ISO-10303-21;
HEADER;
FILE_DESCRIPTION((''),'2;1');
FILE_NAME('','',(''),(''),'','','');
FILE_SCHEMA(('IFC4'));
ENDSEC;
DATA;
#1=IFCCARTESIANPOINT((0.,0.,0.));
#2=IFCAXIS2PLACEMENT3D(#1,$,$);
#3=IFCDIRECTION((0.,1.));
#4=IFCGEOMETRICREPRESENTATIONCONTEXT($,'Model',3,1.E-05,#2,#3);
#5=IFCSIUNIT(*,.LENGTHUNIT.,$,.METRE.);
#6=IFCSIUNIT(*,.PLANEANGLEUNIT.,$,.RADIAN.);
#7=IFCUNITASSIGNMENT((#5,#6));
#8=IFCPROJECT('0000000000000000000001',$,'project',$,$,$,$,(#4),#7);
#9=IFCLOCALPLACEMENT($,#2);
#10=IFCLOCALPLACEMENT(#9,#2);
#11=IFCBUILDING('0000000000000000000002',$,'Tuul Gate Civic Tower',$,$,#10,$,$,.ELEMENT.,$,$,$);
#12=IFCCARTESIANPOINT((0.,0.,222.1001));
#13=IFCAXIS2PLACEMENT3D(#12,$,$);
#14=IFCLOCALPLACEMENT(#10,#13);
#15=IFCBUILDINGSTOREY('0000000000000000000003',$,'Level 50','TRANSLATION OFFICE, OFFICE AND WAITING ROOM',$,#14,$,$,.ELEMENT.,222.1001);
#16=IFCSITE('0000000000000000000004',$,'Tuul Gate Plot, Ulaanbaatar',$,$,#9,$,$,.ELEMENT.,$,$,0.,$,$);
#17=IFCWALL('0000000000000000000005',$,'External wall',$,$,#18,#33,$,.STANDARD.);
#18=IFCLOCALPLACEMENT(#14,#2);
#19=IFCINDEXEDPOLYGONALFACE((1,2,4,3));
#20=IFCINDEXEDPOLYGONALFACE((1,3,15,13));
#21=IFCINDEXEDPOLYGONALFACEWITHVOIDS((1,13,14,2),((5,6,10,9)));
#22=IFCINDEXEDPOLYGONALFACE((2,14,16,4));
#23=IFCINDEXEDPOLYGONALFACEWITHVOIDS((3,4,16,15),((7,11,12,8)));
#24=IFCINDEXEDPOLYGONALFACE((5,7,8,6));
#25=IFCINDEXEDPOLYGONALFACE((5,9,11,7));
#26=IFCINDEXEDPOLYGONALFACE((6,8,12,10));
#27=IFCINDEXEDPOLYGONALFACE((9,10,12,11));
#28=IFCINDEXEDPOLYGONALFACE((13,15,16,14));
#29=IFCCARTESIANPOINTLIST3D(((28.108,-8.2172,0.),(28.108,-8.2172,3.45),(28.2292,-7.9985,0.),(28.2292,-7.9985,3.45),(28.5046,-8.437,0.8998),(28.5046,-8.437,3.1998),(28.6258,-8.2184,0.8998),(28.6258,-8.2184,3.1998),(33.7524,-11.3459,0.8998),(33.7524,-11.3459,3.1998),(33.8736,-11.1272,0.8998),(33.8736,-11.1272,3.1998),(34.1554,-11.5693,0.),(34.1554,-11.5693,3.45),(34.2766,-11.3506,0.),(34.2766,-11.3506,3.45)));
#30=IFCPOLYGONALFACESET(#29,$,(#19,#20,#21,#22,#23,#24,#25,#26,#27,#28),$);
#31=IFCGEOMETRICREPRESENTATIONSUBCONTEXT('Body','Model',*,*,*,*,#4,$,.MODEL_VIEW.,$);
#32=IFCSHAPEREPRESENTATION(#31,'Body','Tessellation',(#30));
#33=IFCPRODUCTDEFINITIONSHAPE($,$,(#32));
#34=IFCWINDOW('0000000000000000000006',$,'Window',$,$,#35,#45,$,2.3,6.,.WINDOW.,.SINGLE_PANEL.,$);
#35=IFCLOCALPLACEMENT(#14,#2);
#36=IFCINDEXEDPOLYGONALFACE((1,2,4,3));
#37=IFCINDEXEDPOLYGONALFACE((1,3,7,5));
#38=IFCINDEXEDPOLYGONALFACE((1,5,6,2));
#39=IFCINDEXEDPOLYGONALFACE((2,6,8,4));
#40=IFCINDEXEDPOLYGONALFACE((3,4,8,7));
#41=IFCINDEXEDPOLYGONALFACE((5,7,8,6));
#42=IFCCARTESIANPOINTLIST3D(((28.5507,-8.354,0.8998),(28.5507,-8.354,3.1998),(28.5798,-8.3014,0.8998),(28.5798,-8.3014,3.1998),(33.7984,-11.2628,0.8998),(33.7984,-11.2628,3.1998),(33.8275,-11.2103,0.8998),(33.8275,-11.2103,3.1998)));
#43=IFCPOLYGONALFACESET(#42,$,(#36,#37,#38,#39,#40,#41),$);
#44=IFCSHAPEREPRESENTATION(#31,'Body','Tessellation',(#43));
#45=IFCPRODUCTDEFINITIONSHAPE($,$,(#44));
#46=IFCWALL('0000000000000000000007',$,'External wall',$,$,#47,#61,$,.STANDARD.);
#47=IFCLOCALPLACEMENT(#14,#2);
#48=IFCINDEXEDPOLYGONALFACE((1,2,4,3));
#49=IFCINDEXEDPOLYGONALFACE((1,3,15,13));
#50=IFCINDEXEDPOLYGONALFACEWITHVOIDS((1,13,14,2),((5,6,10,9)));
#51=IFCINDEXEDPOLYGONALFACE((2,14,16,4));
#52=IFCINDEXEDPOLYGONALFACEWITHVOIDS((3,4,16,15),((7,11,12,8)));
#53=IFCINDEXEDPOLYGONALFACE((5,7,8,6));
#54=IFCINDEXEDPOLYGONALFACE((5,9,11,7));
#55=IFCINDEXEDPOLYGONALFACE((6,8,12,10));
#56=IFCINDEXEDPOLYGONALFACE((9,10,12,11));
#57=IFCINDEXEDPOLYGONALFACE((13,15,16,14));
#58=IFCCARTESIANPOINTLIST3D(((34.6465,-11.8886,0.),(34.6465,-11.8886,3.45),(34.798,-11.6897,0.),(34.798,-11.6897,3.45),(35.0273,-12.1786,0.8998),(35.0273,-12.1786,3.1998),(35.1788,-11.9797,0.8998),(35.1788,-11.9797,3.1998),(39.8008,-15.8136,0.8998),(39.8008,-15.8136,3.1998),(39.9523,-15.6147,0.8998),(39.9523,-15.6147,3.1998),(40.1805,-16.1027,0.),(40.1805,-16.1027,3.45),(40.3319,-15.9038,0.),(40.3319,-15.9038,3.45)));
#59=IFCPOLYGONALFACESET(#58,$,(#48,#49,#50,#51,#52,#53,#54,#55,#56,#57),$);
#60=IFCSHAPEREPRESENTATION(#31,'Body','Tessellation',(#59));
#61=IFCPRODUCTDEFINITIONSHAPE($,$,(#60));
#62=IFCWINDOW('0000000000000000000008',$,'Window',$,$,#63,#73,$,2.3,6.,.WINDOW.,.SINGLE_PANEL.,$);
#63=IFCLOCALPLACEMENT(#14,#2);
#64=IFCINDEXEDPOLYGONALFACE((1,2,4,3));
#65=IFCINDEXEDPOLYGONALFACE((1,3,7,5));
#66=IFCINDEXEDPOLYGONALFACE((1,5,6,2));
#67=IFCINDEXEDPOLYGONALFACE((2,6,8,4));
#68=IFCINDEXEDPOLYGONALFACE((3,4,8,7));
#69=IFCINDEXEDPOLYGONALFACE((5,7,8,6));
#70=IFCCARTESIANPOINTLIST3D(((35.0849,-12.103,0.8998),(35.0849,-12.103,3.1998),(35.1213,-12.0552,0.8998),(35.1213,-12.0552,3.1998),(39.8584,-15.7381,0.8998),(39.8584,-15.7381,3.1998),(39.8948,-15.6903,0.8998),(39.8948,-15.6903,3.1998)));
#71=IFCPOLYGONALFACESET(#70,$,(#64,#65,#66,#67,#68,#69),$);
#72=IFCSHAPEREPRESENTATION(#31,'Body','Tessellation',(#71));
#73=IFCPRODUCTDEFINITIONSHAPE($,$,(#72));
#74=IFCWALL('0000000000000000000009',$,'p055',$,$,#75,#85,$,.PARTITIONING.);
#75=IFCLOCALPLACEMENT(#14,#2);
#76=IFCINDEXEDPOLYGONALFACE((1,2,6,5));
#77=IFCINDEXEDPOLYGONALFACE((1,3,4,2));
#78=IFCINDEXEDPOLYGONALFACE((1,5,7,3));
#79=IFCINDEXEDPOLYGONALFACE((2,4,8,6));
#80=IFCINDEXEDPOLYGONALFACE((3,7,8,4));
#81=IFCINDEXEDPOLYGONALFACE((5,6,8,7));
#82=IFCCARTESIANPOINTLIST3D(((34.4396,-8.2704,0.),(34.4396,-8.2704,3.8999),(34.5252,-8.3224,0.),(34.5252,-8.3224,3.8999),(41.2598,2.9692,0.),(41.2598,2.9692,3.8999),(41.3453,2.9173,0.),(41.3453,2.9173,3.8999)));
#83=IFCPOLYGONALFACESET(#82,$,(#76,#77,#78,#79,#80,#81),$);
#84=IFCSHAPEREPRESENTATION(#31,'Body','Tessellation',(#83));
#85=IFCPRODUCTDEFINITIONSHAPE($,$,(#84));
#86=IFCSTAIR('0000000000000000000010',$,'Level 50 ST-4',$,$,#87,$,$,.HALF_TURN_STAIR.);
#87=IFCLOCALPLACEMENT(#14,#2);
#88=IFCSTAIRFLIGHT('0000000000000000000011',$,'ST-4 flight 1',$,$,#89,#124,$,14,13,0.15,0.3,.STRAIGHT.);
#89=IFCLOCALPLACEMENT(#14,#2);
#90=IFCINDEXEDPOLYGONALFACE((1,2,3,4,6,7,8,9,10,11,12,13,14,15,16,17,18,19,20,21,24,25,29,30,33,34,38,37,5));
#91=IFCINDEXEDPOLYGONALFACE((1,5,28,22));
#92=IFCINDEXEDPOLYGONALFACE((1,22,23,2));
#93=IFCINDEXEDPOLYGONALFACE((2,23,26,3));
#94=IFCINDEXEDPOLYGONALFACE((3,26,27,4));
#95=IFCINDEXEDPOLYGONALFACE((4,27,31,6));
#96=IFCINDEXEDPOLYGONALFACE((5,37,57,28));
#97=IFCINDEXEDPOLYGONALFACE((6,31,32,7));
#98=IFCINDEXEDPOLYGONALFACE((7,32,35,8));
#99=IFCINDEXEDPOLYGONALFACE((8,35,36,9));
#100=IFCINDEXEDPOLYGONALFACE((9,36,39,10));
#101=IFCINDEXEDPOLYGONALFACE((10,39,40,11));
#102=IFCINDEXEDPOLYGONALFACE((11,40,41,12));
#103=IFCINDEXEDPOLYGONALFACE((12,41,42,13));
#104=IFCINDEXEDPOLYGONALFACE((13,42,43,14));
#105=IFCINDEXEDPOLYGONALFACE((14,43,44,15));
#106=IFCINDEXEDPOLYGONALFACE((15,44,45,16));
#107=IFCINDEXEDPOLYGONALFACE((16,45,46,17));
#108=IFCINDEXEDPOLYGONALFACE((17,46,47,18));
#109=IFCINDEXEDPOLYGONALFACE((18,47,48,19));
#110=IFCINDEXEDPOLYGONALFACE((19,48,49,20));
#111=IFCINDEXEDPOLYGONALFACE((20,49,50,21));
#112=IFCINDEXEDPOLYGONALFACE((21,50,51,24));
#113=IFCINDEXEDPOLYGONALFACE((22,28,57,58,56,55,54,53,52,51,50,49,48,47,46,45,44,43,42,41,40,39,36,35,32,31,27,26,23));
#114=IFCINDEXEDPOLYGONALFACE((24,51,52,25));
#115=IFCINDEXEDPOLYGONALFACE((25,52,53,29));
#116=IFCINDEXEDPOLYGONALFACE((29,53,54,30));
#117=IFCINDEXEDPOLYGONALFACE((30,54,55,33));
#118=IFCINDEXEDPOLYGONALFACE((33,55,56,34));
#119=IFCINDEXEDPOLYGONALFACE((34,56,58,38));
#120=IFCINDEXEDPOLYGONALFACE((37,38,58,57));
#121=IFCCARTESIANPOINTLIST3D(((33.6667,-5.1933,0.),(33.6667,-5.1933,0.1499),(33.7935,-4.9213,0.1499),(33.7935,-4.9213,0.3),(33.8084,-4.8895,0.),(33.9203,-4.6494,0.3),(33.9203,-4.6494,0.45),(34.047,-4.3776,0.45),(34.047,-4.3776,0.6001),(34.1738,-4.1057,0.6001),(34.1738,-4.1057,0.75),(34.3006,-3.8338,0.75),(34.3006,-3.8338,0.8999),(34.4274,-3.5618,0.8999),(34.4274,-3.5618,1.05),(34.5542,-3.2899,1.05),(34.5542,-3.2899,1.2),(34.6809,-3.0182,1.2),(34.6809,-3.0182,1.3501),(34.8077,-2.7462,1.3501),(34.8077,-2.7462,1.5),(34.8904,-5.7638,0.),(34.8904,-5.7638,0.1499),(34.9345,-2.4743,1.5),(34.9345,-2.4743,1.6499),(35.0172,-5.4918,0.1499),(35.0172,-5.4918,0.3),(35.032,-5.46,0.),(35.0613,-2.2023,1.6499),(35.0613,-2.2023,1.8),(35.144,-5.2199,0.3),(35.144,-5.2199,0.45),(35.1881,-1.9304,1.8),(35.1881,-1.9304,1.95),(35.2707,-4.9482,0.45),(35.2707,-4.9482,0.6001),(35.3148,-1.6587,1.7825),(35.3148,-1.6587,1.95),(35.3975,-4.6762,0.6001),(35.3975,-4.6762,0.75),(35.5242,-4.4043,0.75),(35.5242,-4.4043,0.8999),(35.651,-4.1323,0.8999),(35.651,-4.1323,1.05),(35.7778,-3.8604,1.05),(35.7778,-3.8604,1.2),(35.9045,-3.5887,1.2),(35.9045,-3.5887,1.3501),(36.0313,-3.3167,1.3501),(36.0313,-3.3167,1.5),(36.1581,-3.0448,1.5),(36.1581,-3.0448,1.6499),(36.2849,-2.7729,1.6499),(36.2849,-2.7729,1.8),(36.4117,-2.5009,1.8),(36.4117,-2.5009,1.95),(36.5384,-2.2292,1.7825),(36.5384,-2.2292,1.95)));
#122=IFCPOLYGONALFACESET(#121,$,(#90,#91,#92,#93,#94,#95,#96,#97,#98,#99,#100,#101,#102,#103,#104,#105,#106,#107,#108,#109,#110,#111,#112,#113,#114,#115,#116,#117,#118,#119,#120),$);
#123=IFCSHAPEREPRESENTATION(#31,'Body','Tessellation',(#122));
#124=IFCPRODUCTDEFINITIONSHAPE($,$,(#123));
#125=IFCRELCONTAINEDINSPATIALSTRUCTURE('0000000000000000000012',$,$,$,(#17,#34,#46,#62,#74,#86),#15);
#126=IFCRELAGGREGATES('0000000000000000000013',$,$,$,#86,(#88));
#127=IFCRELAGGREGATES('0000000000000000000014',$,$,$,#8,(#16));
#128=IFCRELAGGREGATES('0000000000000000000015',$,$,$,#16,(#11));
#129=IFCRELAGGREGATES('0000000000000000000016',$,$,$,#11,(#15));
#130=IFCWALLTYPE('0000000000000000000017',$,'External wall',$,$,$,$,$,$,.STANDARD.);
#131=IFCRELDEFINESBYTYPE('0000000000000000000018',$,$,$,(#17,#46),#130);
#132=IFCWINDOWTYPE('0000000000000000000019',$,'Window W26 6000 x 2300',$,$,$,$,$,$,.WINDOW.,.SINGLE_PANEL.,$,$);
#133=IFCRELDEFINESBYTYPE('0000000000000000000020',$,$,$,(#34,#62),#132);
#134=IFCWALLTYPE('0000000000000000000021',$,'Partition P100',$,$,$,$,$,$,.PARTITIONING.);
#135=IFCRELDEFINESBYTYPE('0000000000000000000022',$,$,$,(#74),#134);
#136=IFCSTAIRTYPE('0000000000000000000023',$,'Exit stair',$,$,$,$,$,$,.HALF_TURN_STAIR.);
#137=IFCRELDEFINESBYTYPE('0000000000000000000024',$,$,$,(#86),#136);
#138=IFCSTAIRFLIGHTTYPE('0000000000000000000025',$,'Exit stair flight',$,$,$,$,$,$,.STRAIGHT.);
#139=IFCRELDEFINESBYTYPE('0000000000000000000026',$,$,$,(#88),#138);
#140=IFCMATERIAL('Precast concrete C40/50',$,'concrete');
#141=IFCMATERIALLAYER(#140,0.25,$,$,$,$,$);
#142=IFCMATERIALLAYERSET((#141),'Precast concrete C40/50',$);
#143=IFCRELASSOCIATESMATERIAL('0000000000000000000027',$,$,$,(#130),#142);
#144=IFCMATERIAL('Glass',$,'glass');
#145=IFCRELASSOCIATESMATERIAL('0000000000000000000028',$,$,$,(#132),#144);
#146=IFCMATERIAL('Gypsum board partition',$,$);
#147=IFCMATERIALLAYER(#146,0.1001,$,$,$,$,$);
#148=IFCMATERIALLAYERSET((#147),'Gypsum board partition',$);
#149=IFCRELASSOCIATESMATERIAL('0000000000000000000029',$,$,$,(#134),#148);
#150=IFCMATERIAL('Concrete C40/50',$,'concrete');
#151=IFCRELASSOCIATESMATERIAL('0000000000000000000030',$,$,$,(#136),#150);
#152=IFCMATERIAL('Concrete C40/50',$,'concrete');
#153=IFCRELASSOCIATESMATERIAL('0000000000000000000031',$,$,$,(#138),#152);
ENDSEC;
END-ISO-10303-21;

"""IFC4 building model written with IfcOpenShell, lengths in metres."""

from ifc_helpers import new_model, si_unit, direction, frame, frame_2d, origin, place, context, subcontext, project, spatial, polyline, rectangle, outline, extrude, material, layer, layer_set, type_object, element, fill, aggregate, save


model = new_model("IFC4")

# Units and contexts
model_context = context("Model", 3, precision=1e-05, world=origin(), true_north=direction((0.0, 1.0)))
body_context = subcontext(model_context, "Body", "Model", "MODEL_VIEW")
ifc_project = project(units=[si_unit("LENGTHUNIT", "METRE"), si_unit("PLANEANGLEUNIT", "RADIAN")], contexts=[model_context])

# Site, building, storey
site_placement = place(None, origin())
site = spatial("IfcSite", under=ifc_project, at=site_placement, Name="Tuul Gate Plot, Ulaanbaatar", CompositionType="ELEMENT", RefElevation=0.0)
building_placement = place(site_placement, origin())
building = spatial("IfcBuilding", under=site, at=building_placement, Name="Tuul Gate Civic Tower", CompositionType="ELEMENT")
storey_placement = place(building_placement, frame((0.0, 0.0, 222.1001)))
storey = spatial("IfcBuildingStorey", under=building, at=storey_placement, Name="Level 50", Description="TRANSLATION OFFICE, OFFICE AND WAITING ROOM", CompositionType="ELEMENT", Elevation=222.1001)

# Walls, openings, windows
ifc_material_1 = material(Name="Precast concrete C40/50", Category="concrete")
ifc_layer_1 = layer(ifc_material_1, 0.25)
ifc_layer_set_1 = layer_set([ifc_layer_1], Name="Precast concrete C40/50")
wall_type_1 = type_object("IfcWallType", Name="External wall", PredefinedType="STANDARD", material=ifc_layer_set_1)
wall_1_placement = place(storey_placement, frame((28.1687, -8.1079, 0.0), z_axis=(0.0, 0.0, 1.0), x_axis=(0.874623, -0.484803, 0.0)))
wall_1 = element("IfcWall", 1, at=wall_1_placement, inside=storey, type_object=wall_type_1, Name="External wall", PredefinedType="STANDARD", context=body_context, shape_type="SweptSolid", body=[
    extrude(rectangle(XDim=6.9143, YDim=0.25, at=frame_2d((3.457, 0.0))), origin(), (0.0, 0.0, 1.0), 3.45),
])
opening_1_placement = place(wall_1_placement, frame((0.4534, 0.0, 0.8999)))
opening_1 = element("IfcOpeningElement", 2, at=opening_1_placement, cuts=wall_1, PredefinedType="OPENING", context=body_context, shape_type="SweptSolid", body=[
    extrude(rectangle(XDim=6.0, YDim=2.3, at=frame_2d((3.0, 1.1499))), frame((0.0, 0.135, 0.0), z_axis=(0.0, -1.0, 0.0), x_axis=(1.0, 0.0, 0.0)), (0.0, 0.0, 1.0), 0.27),
])
ifc_material_2 = material(Name="Glass", Category="glass")
window_type = type_object("IfcWindowType", Name="Window W26 6000 x 2300", PartitioningType="SINGLE_PANEL", PredefinedType="WINDOW", material=ifc_material_2)
window_1_placement = place(opening_1_placement, origin())
window_1 = element("IfcWindow", 3, at=window_1_placement, inside=storey, type_object=window_type, Name="Window", OverallHeight=2.3, OverallWidth=6.0, PartitioningType="SINGLE_PANEL", PredefinedType="WINDOW", context=body_context, shape_type="SweptSolid", body=[
    extrude(rectangle(XDim=6.0, YDim=2.3, at=frame_2d((3.0, 1.1499))), frame((0.0, 0.03, 0.0), z_axis=(0.0, -1.0, 0.0), x_axis=(1.0, 0.0, 0.0)), (0.0, 0.0, 1.0), 0.0601),
])
fill(opening_1, window_1)
wall_2_placement = place(storey_placement, frame((34.7222, -11.7891, 0.0), z_axis=(0.0, 0.0, 1.0), x_axis=(0.795586, -0.605841, 0.0)))
wall_2 = element("IfcWall", 4, at=wall_2_placement, inside=storey, type_object=wall_type_1, Name="External wall", PredefinedType="STANDARD", context=body_context, shape_type="SweptSolid", body=[
    extrude(rectangle(XDim=6.9558, YDim=0.25, at=frame_2d((3.478, 0.0))), origin(), (0.0, 0.0, 1.0), 3.45),
])
opening_2_placement = place(wall_2_placement, frame((0.4788, 0.0, 0.8999)))
opening_2 = element("IfcOpeningElement", 5, at=opening_2_placement, cuts=wall_2, PredefinedType="OPENING", context=body_context, shape_type="SweptSolid", body=[
    extrude(rectangle(XDim=6.0, YDim=2.3, at=frame_2d((3.0, 1.1499))), frame((0.0, 0.135, 0.0), z_axis=(0.0, -1.0, 0.0), x_axis=(1.0, 0.0, 0.0)), (0.0, 0.0, 1.0), 0.27),
])
window_2_placement = place(opening_2_placement, origin())
window_2 = element("IfcWindow", 6, at=window_2_placement, inside=storey, type_object=window_type, Name="Window", OverallHeight=2.3, OverallWidth=6.0, PartitioningType="SINGLE_PANEL", PredefinedType="WINDOW", context=body_context, shape_type="SweptSolid", body=[
    extrude(rectangle(XDim=6.0, YDim=2.3, at=frame_2d((3.0, 1.1499))), frame((0.0, 0.03, 0.0), z_axis=(0.0, -1.0, 0.0), x_axis=(1.0, 0.0, 0.0)), (0.0, 0.0, 1.0), 0.0601),
])
fill(opening_2, window_2)

# Wall
ifc_material_3 = material(Name="Gypsum board partition")
ifc_layer_2 = layer(ifc_material_3, 0.1001)
ifc_layer_set_2 = layer_set([ifc_layer_2], Name="Gypsum board partition")
wall_type_2 = type_object("IfcWallType", Name="Partition P100", PredefinedType="PARTITIONING", material=ifc_layer_set_2)
wall_3_placement = place(storey_placement, frame((34.4824, -8.2964, 0.0), z_axis=(0.0, 0.0, 1.0), x_axis=(0.518761, 0.85492, 0.0)))
element("IfcWall", 7, at=wall_3_placement, inside=storey, type_object=wall_type_2, Name="p055", PredefinedType="PARTITIONING", context=body_context, shape_type="SweptSolid", body=[
    extrude(rectangle(XDim=13.147, YDim=0.1001, at=frame_2d((6.5735, 0.0))), origin(), (0.0, 0.0, 1.0), 3.8999),
])

# Stair, stair flight
ifc_material_4 = material(Name="Concrete C40/50", Category="concrete")
stair_type = type_object("IfcStairType", Name="Exit stair", PredefinedType="HALF_TURN_STAIR", material=ifc_material_4)
stair_placement = place(storey_placement, origin())
stair = element("IfcStair", 8, at=stair_placement, inside=storey, type_object=stair_type, Name="Level 50 ST-4", PredefinedType="HALF_TURN_STAIR")
ifc_material_5 = material(Name="Concrete C40/50", Category="concrete")
stair_flight_type = type_object("IfcStairFlightType", Name="Exit stair flight", PredefinedType="STRAIGHT", material=ifc_material_5)
stair_flight_placement = place(storey_placement, frame((34.2786, -5.4785, 0.0), z_axis=(0.0, 0.0, 1.0), x_axis=(0.422576, 0.906327, 0.0)))
stair_flight = element("IfcStairFlight", 9, at=stair_flight_placement, type_object=stair_flight_type, Name="ST-4 flight 1", NumberOfRisers=14, NumberOfTreads=13, PredefinedType="STRAIGHT", RiserHeight=0.15, TreadLength=0.3, context=body_context, shape_type="SweptSolid", body=[
    extrude(outline(polyline([(0.0, 0.0), (0.0, 0.1499), (0.3, 0.1499), (0.3, 0.3), (0.6001, 0.3), (0.6001, 0.45), (0.8999, 0.45), (0.8999, 0.6001), (1.2, 0.6001), (1.2, 0.75), (1.5, 0.75), (1.5, 0.8999), (1.8, 0.8999), (1.8, 1.05), (2.1001, 1.05), (2.1001, 1.2), (2.3999, 1.2), (2.3999, 1.3501), (2.7, 1.3501), (2.7, 1.5), (3.0, 1.5), (3.0, 1.6499), (3.3, 1.6499), (3.3, 1.8), (3.6001, 1.8), (3.6001, 1.95), (3.8999, 1.95), (3.8999, 2.1001), (3.8999, 1.7825), (0.3352, 0.0), (0.0, 0.0)])), frame((0.0, 0.675, 0.0), z_axis=(0.0, -1.0, 0.0), x_axis=(1.0, 0.0, 0.0)), (0.0, 0.0, 1.0), 1.3501),
])
aggregate(stair, [stair_flight])

save(model, "model.ifc")
